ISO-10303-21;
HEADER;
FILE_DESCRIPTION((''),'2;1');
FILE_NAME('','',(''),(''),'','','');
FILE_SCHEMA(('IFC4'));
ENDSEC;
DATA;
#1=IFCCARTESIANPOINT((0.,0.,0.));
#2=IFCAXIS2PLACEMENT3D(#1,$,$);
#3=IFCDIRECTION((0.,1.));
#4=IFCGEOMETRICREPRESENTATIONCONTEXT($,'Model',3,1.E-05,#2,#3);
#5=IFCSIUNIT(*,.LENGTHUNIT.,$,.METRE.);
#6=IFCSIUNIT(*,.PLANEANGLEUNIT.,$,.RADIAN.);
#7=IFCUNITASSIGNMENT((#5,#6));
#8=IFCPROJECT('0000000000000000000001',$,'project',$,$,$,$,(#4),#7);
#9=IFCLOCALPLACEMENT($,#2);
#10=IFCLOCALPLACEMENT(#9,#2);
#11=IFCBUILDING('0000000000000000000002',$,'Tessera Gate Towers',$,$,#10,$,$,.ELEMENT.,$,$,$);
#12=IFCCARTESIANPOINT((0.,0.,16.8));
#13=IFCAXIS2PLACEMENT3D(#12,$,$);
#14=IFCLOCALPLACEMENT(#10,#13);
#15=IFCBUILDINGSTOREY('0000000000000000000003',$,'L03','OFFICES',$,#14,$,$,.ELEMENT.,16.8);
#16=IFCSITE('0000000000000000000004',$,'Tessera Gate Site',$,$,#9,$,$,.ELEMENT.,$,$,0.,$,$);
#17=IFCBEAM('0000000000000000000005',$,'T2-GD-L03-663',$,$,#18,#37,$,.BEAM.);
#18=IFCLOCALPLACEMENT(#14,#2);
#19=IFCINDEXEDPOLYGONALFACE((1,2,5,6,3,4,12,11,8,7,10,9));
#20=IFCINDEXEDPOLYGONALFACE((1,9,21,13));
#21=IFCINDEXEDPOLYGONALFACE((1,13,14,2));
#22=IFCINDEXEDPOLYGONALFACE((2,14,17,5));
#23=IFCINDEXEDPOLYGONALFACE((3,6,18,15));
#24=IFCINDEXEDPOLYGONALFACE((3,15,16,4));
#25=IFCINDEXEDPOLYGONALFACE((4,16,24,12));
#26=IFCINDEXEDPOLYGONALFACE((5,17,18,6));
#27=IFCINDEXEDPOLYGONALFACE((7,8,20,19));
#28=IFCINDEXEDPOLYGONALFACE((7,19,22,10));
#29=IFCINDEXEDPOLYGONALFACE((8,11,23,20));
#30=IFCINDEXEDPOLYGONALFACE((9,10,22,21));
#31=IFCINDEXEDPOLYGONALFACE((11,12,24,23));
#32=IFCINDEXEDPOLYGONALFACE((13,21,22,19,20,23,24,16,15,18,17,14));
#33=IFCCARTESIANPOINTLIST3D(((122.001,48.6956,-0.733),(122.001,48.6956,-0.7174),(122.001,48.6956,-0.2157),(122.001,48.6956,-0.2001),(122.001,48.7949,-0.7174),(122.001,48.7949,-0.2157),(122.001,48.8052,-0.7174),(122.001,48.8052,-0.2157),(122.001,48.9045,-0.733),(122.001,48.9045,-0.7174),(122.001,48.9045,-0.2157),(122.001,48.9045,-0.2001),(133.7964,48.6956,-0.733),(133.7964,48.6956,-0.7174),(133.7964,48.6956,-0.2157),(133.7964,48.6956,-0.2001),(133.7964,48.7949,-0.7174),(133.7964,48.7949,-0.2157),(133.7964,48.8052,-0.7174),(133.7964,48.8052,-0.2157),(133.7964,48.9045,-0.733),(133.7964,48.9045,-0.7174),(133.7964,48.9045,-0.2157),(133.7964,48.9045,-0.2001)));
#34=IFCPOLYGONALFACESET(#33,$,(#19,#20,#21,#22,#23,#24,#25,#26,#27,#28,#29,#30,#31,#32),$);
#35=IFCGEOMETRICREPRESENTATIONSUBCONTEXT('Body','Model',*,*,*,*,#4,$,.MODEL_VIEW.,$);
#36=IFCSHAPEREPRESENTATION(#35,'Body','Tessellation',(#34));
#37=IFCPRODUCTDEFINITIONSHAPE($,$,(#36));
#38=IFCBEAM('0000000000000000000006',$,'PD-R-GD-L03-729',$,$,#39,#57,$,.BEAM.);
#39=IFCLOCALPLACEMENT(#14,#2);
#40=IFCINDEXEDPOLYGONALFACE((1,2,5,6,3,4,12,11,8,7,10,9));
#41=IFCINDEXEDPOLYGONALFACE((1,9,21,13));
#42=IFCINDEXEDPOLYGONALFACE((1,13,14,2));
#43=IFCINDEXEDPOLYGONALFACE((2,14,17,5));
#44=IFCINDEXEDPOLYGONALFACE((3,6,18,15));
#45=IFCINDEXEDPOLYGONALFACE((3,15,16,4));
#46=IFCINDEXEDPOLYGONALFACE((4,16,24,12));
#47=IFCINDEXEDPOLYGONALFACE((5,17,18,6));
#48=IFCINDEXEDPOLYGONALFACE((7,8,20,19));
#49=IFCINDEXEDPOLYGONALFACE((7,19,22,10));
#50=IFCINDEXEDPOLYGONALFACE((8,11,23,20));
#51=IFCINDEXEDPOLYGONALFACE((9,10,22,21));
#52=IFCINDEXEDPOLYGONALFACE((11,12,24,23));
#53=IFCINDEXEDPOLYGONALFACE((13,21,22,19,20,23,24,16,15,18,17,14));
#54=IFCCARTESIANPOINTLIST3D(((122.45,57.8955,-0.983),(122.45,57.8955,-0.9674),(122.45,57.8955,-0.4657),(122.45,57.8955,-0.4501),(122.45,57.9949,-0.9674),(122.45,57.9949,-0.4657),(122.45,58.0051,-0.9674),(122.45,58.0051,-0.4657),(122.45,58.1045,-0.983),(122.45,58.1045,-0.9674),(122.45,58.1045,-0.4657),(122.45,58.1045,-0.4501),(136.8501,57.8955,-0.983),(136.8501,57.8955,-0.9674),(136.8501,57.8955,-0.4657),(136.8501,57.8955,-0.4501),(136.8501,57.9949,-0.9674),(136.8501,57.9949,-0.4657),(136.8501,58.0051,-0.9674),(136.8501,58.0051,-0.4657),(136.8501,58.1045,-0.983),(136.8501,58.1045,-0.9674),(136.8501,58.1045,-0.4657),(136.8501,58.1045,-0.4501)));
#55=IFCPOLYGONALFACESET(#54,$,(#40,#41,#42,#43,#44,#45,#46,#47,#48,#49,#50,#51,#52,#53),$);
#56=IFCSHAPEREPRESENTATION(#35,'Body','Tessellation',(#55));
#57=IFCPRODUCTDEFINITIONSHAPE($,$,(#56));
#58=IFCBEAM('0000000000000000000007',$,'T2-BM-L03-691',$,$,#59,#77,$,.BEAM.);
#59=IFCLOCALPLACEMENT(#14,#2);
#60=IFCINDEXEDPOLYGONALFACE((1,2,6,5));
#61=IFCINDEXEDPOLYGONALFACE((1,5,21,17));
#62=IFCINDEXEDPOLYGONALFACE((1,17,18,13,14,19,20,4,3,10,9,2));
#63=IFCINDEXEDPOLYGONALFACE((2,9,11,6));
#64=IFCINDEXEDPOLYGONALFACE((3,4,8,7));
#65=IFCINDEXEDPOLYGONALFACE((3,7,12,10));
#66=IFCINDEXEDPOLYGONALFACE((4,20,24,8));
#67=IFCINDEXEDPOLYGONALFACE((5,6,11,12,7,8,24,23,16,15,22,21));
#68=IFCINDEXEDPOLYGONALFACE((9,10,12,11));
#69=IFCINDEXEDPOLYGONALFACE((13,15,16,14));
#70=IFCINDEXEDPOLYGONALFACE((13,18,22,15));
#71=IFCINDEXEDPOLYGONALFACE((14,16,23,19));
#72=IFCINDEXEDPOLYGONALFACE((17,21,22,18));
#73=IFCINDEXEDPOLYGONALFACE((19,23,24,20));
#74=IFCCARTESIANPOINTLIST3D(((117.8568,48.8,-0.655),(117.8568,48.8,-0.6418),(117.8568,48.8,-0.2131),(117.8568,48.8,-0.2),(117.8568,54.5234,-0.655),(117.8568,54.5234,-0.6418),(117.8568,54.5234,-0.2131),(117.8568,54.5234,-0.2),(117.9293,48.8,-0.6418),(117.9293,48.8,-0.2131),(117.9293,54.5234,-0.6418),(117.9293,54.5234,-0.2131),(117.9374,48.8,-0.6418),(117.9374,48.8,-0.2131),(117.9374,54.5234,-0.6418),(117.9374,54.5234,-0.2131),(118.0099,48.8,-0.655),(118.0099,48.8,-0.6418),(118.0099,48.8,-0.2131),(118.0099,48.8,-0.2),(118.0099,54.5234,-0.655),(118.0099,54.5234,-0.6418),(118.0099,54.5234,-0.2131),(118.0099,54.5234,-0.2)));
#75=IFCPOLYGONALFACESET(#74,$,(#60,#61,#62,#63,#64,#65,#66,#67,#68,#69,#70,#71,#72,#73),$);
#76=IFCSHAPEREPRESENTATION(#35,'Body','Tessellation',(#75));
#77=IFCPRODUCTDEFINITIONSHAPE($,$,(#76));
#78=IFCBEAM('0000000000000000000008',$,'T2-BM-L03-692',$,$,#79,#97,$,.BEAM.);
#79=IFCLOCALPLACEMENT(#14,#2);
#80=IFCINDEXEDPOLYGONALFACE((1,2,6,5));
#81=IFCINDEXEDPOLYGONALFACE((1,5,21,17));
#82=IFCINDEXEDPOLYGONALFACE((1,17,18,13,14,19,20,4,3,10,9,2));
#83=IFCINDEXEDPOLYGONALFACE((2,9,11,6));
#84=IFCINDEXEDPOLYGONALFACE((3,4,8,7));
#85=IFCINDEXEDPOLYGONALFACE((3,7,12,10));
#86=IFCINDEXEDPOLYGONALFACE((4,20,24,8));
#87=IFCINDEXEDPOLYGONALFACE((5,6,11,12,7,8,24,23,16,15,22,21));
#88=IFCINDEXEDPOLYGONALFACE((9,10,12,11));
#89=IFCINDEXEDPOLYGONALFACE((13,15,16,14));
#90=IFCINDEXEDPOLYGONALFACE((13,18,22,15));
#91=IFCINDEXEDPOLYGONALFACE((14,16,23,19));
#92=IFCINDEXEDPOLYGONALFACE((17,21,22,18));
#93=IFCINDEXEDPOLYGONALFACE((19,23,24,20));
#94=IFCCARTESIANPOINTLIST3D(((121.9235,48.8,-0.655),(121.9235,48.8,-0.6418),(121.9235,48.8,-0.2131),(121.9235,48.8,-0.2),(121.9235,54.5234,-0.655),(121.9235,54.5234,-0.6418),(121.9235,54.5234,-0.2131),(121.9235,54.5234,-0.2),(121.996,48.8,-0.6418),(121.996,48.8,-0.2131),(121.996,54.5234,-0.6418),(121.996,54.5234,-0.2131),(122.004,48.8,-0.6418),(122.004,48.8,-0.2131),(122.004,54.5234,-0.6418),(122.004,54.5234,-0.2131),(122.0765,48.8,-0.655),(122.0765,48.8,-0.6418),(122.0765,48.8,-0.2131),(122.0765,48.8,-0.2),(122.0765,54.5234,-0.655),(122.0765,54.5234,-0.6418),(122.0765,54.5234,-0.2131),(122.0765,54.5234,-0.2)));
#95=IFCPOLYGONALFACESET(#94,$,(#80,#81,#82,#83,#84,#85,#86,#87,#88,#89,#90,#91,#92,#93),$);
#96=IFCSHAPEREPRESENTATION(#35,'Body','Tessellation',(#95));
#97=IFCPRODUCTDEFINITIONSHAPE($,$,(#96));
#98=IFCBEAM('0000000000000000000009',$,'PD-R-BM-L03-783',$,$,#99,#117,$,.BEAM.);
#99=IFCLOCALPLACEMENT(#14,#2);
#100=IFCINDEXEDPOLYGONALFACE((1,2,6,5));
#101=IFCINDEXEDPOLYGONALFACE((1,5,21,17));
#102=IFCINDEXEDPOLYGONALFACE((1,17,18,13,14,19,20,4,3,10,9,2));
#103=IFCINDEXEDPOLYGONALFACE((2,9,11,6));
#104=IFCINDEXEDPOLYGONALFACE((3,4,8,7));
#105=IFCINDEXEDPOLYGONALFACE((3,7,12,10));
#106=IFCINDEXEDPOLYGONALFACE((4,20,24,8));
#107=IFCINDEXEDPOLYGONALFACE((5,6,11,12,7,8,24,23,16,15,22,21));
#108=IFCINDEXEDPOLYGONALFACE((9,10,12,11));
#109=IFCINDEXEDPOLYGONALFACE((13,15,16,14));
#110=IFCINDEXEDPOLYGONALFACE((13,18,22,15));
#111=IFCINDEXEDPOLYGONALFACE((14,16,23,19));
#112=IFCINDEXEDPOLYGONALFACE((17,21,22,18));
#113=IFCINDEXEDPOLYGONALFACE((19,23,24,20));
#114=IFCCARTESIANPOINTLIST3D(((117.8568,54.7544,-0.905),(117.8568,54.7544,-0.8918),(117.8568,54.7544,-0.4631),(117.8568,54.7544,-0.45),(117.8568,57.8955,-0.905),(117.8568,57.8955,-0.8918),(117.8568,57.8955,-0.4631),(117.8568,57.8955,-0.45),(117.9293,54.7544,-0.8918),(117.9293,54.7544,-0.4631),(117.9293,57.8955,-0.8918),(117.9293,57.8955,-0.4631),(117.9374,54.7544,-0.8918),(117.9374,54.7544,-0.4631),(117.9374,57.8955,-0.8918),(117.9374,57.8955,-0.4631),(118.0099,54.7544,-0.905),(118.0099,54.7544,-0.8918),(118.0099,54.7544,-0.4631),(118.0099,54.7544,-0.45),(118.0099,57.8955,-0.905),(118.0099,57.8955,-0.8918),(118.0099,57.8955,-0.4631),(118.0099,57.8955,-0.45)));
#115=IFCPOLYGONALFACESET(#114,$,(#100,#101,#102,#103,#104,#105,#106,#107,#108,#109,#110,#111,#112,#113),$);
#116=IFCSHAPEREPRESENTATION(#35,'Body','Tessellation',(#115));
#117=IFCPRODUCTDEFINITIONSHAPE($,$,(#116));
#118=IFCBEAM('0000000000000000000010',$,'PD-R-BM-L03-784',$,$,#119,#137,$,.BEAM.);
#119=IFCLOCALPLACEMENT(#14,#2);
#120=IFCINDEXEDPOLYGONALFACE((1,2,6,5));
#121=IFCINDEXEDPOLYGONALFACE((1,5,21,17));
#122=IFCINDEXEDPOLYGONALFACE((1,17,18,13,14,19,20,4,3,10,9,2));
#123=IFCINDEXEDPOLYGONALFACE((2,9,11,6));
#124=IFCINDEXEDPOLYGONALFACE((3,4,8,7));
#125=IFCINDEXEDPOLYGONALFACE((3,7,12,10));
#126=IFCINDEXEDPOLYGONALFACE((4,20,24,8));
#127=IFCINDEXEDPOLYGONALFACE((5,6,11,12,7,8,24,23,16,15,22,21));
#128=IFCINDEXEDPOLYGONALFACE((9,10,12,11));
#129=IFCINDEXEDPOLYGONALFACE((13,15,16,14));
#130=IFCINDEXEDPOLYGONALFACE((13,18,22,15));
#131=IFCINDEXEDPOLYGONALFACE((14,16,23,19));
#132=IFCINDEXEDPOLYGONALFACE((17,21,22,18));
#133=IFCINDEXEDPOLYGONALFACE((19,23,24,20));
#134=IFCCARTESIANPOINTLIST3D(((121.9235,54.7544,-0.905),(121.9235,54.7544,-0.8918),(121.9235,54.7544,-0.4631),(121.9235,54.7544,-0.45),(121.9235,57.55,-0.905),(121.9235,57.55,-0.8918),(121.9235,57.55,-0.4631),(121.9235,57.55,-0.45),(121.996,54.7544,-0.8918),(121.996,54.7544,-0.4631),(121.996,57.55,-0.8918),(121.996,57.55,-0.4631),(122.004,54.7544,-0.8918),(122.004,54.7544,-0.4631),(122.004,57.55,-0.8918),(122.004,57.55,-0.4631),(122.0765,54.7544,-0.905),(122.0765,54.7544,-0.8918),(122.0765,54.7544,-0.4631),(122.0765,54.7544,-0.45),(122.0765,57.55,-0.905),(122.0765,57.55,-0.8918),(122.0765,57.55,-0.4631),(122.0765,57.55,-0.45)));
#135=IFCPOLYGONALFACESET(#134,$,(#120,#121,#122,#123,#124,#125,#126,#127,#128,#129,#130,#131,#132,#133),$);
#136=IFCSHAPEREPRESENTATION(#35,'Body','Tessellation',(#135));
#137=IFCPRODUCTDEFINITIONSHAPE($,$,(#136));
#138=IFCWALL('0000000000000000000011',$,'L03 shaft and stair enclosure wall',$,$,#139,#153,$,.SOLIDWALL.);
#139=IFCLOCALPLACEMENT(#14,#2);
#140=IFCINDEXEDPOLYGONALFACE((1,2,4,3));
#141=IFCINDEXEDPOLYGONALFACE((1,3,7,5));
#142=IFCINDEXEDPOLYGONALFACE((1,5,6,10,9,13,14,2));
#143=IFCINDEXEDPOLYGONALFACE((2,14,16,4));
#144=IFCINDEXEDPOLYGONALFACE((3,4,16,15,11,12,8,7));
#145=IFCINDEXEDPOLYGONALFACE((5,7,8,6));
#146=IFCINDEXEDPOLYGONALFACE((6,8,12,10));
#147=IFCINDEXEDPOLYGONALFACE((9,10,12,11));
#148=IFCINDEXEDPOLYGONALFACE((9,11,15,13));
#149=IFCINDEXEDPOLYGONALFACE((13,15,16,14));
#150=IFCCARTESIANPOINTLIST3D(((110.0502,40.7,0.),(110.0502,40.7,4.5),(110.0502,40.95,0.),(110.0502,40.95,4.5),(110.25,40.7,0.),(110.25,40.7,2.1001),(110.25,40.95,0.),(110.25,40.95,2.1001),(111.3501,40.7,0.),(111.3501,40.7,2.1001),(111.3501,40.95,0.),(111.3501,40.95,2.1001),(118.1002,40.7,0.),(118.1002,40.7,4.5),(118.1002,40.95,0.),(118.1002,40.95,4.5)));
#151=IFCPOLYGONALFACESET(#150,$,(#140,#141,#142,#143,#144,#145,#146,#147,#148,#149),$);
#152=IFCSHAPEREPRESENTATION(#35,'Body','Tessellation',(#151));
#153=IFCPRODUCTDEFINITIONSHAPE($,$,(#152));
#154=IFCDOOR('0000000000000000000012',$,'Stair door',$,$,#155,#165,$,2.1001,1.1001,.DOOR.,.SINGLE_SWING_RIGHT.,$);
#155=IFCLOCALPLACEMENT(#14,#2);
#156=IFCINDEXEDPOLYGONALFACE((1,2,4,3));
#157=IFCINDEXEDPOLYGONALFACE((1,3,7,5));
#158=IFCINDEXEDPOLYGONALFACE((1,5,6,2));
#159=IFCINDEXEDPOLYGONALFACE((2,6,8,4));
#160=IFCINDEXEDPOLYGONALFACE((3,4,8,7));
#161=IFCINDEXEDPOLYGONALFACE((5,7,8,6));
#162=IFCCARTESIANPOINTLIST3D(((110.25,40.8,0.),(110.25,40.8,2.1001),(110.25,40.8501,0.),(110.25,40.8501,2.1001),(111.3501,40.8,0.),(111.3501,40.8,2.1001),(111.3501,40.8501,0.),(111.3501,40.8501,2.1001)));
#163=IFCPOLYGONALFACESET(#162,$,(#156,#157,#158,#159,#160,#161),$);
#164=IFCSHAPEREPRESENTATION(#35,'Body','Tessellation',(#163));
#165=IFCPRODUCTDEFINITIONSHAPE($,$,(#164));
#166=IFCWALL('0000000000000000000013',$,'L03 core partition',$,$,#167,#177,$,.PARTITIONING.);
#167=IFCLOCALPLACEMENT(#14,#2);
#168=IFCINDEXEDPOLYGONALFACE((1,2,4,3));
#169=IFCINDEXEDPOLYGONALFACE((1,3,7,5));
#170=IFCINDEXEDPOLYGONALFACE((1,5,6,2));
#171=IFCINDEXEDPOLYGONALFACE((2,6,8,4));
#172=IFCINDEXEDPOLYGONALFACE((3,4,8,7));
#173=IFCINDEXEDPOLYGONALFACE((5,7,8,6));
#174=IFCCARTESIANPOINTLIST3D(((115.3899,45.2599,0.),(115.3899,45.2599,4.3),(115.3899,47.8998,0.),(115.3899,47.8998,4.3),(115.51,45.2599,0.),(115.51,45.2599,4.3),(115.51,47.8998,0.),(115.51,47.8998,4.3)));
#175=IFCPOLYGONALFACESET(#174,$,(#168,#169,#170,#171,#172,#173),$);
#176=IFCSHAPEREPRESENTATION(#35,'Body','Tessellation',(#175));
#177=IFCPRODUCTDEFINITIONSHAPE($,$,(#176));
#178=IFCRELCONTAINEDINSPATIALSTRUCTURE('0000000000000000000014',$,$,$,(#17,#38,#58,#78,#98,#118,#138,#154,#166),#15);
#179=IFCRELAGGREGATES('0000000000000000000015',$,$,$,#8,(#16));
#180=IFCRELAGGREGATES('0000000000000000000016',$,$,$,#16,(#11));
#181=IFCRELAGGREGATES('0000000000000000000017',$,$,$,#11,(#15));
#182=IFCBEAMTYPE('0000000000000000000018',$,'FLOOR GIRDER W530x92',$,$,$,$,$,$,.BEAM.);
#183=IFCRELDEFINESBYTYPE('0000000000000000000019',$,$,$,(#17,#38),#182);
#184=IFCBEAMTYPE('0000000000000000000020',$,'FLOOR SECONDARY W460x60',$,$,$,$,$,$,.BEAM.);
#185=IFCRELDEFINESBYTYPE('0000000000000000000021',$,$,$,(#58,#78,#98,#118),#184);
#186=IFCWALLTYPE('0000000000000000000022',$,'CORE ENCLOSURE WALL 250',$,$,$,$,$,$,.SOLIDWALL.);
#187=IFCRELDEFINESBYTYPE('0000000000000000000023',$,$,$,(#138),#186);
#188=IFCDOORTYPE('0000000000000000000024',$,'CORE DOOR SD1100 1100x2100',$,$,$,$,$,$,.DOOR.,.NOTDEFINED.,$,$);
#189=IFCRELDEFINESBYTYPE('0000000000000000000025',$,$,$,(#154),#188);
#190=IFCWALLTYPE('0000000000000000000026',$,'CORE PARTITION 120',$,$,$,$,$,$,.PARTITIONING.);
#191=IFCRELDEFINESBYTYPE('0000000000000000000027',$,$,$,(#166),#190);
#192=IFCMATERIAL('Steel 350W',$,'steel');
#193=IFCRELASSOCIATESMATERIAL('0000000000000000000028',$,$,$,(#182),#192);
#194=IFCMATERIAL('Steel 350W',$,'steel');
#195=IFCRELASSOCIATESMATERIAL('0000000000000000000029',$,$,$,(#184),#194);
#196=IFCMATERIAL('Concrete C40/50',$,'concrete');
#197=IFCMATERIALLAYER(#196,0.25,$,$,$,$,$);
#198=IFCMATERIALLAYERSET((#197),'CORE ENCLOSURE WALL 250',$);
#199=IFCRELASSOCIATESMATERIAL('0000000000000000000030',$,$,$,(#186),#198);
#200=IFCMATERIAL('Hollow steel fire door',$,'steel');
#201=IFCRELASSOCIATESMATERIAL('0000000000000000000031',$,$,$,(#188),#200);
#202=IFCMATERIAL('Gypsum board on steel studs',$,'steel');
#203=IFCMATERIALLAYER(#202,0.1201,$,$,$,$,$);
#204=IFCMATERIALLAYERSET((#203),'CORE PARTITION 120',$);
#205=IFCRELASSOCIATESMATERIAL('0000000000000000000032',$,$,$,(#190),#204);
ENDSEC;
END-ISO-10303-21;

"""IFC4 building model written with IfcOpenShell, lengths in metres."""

from ifc_helpers import new_model, si_unit, direction, frame, frame_2d, origin, origin_2d, place, context, subcontext, project, spatial, rectangle, i_section, extrude, source, transform, mapped, material, layer, layer_set, material_profile, profile_set, type_object, element, fill, save


model = new_model("IFC4")

# Units and contexts
model_context = context("Model", 3, precision=1e-05, world=origin(), true_north=direction((0.0, 1.0)))
body_context = subcontext(model_context, "Body", "Model", "MODEL_VIEW")
ifc_project = project(units=[si_unit("LENGTHUNIT", "METRE"), si_unit("PLANEANGLEUNIT", "RADIAN")], contexts=[model_context])

# Site, building, storey
site_placement = place(None, origin())
site = spatial("IfcSite", under=ifc_project, at=site_placement, Name="Tessera Gate Site", CompositionType="ELEMENT", RefElevation=0.0)
building_placement = place(site_placement, origin())
building = spatial("IfcBuilding", under=site, at=building_placement, Name="Tessera Gate Towers", CompositionType="ELEMENT")
storey_placement = place(building_placement, frame((0.0, 0.0, 16.8)))
storey = spatial("IfcBuildingStorey", under=building, at=storey_placement, Name="L03", Description="OFFICES", CompositionType="ELEMENT", Elevation=16.8)

# Beams
ifc_material_1 = material(Name="Steel 350W", Category="steel")
ifc_material_profile_1 = material_profile(ifc_material_1, i_section(OverallWidth=0.209, OverallDepth=0.533, WebThickness=0.0103, FlangeThickness=0.0156, at=origin_2d()), Name="W530x92")
ifc_profile_set_1 = profile_set([ifc_material_profile_1], Name="Steel 350W")
beam_type_1 = type_object("IfcBeamType", Name="FLOOR GIRDER W530x92", PredefinedType="BEAM", material=ifc_profile_set_1)
beam_1_placement = place(storey_placement, frame((122.001, 48.8, -0.4666), z_axis=(1.0, 0.0, 0.0), x_axis=(0.0, 1.0, 0.0)))
element("IfcBeam", 1, at=beam_1_placement, inside=storey, type_object=beam_type_1, Name="T2-GD-L03-663", PredefinedType="BEAM", context=body_context, shape_type="SweptSolid", body=[
    extrude(i_section(OverallWidth=0.209, OverallDepth=0.533, WebThickness=0.0103, FlangeThickness=0.0156, at=origin_2d()), origin(), (0.0, 0.0, 1.0), 11.7954),
])
beam_2_placement = place(storey_placement, frame((122.45, 58.0, -0.7166), z_axis=(1.0, 0.0, 0.0), x_axis=(0.0, 1.0, 0.0)))
element("IfcBeam", 2, at=beam_2_placement, inside=storey, type_object=beam_type_1, Name="PD-R-GD-L03-729", PredefinedType="BEAM", context=body_context, shape_type="SweptSolid", body=[
    extrude(i_section(OverallWidth=0.209, OverallDepth=0.533, WebThickness=0.0103, FlangeThickness=0.0156, at=origin_2d()), origin(), (0.0, 0.0, 1.0), 14.4001),
])
ifc_material_2 = material(Name="Steel 350W", Category="steel")
ifc_material_profile_2 = material_profile(ifc_material_2, i_section(OverallWidth=0.1531, OverallDepth=0.4551, WebThickness=0.0081, FlangeThickness=0.0132, at=origin_2d()), Name="W460x60")
ifc_profile_set_2 = profile_set([ifc_material_profile_2], Name="Steel 350W")
beam_type_2 = type_object("IfcBeamType", Name="FLOOR SECONDARY W460x60", PredefinedType="BEAM", material=ifc_profile_set_2)
for number, where, z_axis, x_axis, name in (
    (3, (117.9333, 48.8, -0.4275), (0.0, 1.0, 0.0), (-1.0, 0.0, 0.0), "T2-BM-L03-691"),
    (4, (122.0, 48.8, -0.4275), (0.0, 1.0, 0.0), (-1.0, 0.0, 0.0), "T2-BM-L03-692"),
):
    element("IfcBeam", number, at=place(storey_placement, frame(where, z_axis=z_axis, x_axis=x_axis)), inside=storey, type_object=beam_type_2, Name=name, PredefinedType="BEAM", context=body_context, shape_type="SweptSolid", body=[
        extrude(i_section(OverallWidth=0.1531, OverallDepth=0.4551, WebThickness=0.0081, FlangeThickness=0.0132, at=origin_2d()), origin(), (0.0, 0.0, 1.0), 5.7234),
    ])
beam_3_placement = place(storey_placement, frame((117.9333, 54.7544, -0.6775), z_axis=(0.0, 1.0, 0.0), x_axis=(-1.0, 0.0, 0.0)))
element("IfcBeam", 5, at=beam_3_placement, inside=storey, type_object=beam_type_2, Name="PD-R-BM-L03-783", PredefinedType="BEAM", context=body_context, shape_type="SweptSolid", body=[
    extrude(i_section(OverallWidth=0.1531, OverallDepth=0.4551, WebThickness=0.0081, FlangeThickness=0.0132, at=origin_2d()), origin(), (0.0, 0.0, 1.0), 3.1411),
])
beam_4_placement = place(storey_placement, frame((122.0, 54.7544, -0.6775), z_axis=(0.0, 1.0, 0.0), x_axis=(-1.0, 0.0, 0.0)))
element("IfcBeam", 6, at=beam_4_placement, inside=storey, type_object=beam_type_2, Name="PD-R-BM-L03-784", PredefinedType="BEAM", context=body_context, shape_type="SweptSolid", body=[
    extrude(i_section(OverallWidth=0.1531, OverallDepth=0.4551, WebThickness=0.0081, FlangeThickness=0.0132, at=origin_2d()), origin(), (0.0, 0.0, 1.0), 2.7957),
])

# Wall, opening, door
ifc_material_3 = material(Name="Concrete C40/50", Category="concrete")
ifc_layer_1 = layer(ifc_material_3, 0.25)
ifc_layer_set_1 = layer_set([ifc_layer_1], Name="CORE ENCLOSURE WALL 250")
wall_type_1 = type_object("IfcWallType", Name="CORE ENCLOSURE WALL 250", PredefinedType="SOLIDWALL", material=ifc_layer_set_1)
wall_1_placement = place(storey_placement, frame((118.1001, 40.825, 0.0), z_axis=(0.0, 0.0, 1.0), x_axis=(-1.0, 0.0, 0.0)))
wall_1 = element("IfcWall", 7, at=wall_1_placement, inside=storey, type_object=wall_type_1, Name="L03 shaft and stair enclosure wall", PredefinedType="SOLIDWALL", context=body_context, shape_type="SweptSolid", body=[
    extrude(rectangle(XDim=8.05, YDim=0.25, at=frame_2d((4.0249, 0.0))), origin(), (0.0, 0.0, 1.0), 4.5),
])
shared_shape_1 = source(origin(), body_context, "Body", "SweptSolid", [
    extrude(rectangle(XDim=1.1001, YDim=2.1001, at=frame_2d((0.55, 1.05))), frame((0.0, 0.135, 0.0), z_axis=(0.0, -1.0, 0.0), x_axis=(1.0, 0.0, 0.0)), (0.0, 0.0, 1.0), 0.27),
])
opening_1_placement = place(wall_1_placement, frame((6.75, 0.0, 0.0)))
opening_1 = element("IfcOpeningElement", 8, at=opening_1_placement, cuts=wall_1, PredefinedType="OPENING", context=body_context, shape_type="MappedRepresentation", body=[
    mapped(shared_shape_1, transform((0.0, 0.0, 0.0), scale=1.0)),
])
ifc_material_4 = material(Name="Hollow steel fire door", Category="steel")
door_type_1 = type_object("IfcDoorType", Name="CORE DOOR SD1100 1100x2100", OperationType="NOTDEFINED", PredefinedType="DOOR", material=ifc_material_4)
shared_shape_2 = source(origin(), body_context, "Body", "SweptSolid", [
    extrude(rectangle(XDim=1.1001, YDim=2.1001, at=frame_2d((0.55, 1.05))), frame((0.0, 0.0249, 0.0), z_axis=(0.0, -1.0, 0.0), x_axis=(1.0, 0.0, 0.0)), (0.0, 0.0, 1.0), 0.05),
])
door_1_placement = place(opening_1_placement, origin())
door_1 = element("IfcDoor", 9, at=door_1_placement, inside=storey, type_object=door_type_1, Name="Stair door", OperationType="SINGLE_SWING_RIGHT", OverallHeight=2.1001, OverallWidth=1.1001, PredefinedType="DOOR", context=body_context, shape_type="MappedRepresentation", body=[
    mapped(shared_shape_2, transform((0.0, 0.0, 0.0), scale=1.0)),
])
fill(opening_1, door_1)

# Wall
ifc_material_5 = material(Name="Gypsum board on steel studs", Category="steel")
ifc_layer_2 = layer(ifc_material_5, 0.1201)
ifc_layer_set_2 = layer_set([ifc_layer_2], Name="CORE PARTITION 120")
wall_type_2 = type_object("IfcWallType", Name="CORE PARTITION 120", PredefinedType="PARTITIONING", material=ifc_layer_set_2)
wall_2_placement = place(storey_placement, frame((115.45, 45.26, 0.0), z_axis=(0.0, 0.0, 1.0), x_axis=(0.0, 1.0, 0.0)))
element("IfcWall", 10, at=wall_2_placement, inside=storey, type_object=wall_type_2, Name="L03 core partition", PredefinedType="PARTITIONING", context=body_context, shape_type="SweptSolid", body=[
    extrude(rectangle(XDim=2.6399, YDim=0.1201, at=frame_2d((1.3198, 0.0))), origin(), (0.0, 0.0, 1.0), 4.3),
])

save(model, "model.ifc")
